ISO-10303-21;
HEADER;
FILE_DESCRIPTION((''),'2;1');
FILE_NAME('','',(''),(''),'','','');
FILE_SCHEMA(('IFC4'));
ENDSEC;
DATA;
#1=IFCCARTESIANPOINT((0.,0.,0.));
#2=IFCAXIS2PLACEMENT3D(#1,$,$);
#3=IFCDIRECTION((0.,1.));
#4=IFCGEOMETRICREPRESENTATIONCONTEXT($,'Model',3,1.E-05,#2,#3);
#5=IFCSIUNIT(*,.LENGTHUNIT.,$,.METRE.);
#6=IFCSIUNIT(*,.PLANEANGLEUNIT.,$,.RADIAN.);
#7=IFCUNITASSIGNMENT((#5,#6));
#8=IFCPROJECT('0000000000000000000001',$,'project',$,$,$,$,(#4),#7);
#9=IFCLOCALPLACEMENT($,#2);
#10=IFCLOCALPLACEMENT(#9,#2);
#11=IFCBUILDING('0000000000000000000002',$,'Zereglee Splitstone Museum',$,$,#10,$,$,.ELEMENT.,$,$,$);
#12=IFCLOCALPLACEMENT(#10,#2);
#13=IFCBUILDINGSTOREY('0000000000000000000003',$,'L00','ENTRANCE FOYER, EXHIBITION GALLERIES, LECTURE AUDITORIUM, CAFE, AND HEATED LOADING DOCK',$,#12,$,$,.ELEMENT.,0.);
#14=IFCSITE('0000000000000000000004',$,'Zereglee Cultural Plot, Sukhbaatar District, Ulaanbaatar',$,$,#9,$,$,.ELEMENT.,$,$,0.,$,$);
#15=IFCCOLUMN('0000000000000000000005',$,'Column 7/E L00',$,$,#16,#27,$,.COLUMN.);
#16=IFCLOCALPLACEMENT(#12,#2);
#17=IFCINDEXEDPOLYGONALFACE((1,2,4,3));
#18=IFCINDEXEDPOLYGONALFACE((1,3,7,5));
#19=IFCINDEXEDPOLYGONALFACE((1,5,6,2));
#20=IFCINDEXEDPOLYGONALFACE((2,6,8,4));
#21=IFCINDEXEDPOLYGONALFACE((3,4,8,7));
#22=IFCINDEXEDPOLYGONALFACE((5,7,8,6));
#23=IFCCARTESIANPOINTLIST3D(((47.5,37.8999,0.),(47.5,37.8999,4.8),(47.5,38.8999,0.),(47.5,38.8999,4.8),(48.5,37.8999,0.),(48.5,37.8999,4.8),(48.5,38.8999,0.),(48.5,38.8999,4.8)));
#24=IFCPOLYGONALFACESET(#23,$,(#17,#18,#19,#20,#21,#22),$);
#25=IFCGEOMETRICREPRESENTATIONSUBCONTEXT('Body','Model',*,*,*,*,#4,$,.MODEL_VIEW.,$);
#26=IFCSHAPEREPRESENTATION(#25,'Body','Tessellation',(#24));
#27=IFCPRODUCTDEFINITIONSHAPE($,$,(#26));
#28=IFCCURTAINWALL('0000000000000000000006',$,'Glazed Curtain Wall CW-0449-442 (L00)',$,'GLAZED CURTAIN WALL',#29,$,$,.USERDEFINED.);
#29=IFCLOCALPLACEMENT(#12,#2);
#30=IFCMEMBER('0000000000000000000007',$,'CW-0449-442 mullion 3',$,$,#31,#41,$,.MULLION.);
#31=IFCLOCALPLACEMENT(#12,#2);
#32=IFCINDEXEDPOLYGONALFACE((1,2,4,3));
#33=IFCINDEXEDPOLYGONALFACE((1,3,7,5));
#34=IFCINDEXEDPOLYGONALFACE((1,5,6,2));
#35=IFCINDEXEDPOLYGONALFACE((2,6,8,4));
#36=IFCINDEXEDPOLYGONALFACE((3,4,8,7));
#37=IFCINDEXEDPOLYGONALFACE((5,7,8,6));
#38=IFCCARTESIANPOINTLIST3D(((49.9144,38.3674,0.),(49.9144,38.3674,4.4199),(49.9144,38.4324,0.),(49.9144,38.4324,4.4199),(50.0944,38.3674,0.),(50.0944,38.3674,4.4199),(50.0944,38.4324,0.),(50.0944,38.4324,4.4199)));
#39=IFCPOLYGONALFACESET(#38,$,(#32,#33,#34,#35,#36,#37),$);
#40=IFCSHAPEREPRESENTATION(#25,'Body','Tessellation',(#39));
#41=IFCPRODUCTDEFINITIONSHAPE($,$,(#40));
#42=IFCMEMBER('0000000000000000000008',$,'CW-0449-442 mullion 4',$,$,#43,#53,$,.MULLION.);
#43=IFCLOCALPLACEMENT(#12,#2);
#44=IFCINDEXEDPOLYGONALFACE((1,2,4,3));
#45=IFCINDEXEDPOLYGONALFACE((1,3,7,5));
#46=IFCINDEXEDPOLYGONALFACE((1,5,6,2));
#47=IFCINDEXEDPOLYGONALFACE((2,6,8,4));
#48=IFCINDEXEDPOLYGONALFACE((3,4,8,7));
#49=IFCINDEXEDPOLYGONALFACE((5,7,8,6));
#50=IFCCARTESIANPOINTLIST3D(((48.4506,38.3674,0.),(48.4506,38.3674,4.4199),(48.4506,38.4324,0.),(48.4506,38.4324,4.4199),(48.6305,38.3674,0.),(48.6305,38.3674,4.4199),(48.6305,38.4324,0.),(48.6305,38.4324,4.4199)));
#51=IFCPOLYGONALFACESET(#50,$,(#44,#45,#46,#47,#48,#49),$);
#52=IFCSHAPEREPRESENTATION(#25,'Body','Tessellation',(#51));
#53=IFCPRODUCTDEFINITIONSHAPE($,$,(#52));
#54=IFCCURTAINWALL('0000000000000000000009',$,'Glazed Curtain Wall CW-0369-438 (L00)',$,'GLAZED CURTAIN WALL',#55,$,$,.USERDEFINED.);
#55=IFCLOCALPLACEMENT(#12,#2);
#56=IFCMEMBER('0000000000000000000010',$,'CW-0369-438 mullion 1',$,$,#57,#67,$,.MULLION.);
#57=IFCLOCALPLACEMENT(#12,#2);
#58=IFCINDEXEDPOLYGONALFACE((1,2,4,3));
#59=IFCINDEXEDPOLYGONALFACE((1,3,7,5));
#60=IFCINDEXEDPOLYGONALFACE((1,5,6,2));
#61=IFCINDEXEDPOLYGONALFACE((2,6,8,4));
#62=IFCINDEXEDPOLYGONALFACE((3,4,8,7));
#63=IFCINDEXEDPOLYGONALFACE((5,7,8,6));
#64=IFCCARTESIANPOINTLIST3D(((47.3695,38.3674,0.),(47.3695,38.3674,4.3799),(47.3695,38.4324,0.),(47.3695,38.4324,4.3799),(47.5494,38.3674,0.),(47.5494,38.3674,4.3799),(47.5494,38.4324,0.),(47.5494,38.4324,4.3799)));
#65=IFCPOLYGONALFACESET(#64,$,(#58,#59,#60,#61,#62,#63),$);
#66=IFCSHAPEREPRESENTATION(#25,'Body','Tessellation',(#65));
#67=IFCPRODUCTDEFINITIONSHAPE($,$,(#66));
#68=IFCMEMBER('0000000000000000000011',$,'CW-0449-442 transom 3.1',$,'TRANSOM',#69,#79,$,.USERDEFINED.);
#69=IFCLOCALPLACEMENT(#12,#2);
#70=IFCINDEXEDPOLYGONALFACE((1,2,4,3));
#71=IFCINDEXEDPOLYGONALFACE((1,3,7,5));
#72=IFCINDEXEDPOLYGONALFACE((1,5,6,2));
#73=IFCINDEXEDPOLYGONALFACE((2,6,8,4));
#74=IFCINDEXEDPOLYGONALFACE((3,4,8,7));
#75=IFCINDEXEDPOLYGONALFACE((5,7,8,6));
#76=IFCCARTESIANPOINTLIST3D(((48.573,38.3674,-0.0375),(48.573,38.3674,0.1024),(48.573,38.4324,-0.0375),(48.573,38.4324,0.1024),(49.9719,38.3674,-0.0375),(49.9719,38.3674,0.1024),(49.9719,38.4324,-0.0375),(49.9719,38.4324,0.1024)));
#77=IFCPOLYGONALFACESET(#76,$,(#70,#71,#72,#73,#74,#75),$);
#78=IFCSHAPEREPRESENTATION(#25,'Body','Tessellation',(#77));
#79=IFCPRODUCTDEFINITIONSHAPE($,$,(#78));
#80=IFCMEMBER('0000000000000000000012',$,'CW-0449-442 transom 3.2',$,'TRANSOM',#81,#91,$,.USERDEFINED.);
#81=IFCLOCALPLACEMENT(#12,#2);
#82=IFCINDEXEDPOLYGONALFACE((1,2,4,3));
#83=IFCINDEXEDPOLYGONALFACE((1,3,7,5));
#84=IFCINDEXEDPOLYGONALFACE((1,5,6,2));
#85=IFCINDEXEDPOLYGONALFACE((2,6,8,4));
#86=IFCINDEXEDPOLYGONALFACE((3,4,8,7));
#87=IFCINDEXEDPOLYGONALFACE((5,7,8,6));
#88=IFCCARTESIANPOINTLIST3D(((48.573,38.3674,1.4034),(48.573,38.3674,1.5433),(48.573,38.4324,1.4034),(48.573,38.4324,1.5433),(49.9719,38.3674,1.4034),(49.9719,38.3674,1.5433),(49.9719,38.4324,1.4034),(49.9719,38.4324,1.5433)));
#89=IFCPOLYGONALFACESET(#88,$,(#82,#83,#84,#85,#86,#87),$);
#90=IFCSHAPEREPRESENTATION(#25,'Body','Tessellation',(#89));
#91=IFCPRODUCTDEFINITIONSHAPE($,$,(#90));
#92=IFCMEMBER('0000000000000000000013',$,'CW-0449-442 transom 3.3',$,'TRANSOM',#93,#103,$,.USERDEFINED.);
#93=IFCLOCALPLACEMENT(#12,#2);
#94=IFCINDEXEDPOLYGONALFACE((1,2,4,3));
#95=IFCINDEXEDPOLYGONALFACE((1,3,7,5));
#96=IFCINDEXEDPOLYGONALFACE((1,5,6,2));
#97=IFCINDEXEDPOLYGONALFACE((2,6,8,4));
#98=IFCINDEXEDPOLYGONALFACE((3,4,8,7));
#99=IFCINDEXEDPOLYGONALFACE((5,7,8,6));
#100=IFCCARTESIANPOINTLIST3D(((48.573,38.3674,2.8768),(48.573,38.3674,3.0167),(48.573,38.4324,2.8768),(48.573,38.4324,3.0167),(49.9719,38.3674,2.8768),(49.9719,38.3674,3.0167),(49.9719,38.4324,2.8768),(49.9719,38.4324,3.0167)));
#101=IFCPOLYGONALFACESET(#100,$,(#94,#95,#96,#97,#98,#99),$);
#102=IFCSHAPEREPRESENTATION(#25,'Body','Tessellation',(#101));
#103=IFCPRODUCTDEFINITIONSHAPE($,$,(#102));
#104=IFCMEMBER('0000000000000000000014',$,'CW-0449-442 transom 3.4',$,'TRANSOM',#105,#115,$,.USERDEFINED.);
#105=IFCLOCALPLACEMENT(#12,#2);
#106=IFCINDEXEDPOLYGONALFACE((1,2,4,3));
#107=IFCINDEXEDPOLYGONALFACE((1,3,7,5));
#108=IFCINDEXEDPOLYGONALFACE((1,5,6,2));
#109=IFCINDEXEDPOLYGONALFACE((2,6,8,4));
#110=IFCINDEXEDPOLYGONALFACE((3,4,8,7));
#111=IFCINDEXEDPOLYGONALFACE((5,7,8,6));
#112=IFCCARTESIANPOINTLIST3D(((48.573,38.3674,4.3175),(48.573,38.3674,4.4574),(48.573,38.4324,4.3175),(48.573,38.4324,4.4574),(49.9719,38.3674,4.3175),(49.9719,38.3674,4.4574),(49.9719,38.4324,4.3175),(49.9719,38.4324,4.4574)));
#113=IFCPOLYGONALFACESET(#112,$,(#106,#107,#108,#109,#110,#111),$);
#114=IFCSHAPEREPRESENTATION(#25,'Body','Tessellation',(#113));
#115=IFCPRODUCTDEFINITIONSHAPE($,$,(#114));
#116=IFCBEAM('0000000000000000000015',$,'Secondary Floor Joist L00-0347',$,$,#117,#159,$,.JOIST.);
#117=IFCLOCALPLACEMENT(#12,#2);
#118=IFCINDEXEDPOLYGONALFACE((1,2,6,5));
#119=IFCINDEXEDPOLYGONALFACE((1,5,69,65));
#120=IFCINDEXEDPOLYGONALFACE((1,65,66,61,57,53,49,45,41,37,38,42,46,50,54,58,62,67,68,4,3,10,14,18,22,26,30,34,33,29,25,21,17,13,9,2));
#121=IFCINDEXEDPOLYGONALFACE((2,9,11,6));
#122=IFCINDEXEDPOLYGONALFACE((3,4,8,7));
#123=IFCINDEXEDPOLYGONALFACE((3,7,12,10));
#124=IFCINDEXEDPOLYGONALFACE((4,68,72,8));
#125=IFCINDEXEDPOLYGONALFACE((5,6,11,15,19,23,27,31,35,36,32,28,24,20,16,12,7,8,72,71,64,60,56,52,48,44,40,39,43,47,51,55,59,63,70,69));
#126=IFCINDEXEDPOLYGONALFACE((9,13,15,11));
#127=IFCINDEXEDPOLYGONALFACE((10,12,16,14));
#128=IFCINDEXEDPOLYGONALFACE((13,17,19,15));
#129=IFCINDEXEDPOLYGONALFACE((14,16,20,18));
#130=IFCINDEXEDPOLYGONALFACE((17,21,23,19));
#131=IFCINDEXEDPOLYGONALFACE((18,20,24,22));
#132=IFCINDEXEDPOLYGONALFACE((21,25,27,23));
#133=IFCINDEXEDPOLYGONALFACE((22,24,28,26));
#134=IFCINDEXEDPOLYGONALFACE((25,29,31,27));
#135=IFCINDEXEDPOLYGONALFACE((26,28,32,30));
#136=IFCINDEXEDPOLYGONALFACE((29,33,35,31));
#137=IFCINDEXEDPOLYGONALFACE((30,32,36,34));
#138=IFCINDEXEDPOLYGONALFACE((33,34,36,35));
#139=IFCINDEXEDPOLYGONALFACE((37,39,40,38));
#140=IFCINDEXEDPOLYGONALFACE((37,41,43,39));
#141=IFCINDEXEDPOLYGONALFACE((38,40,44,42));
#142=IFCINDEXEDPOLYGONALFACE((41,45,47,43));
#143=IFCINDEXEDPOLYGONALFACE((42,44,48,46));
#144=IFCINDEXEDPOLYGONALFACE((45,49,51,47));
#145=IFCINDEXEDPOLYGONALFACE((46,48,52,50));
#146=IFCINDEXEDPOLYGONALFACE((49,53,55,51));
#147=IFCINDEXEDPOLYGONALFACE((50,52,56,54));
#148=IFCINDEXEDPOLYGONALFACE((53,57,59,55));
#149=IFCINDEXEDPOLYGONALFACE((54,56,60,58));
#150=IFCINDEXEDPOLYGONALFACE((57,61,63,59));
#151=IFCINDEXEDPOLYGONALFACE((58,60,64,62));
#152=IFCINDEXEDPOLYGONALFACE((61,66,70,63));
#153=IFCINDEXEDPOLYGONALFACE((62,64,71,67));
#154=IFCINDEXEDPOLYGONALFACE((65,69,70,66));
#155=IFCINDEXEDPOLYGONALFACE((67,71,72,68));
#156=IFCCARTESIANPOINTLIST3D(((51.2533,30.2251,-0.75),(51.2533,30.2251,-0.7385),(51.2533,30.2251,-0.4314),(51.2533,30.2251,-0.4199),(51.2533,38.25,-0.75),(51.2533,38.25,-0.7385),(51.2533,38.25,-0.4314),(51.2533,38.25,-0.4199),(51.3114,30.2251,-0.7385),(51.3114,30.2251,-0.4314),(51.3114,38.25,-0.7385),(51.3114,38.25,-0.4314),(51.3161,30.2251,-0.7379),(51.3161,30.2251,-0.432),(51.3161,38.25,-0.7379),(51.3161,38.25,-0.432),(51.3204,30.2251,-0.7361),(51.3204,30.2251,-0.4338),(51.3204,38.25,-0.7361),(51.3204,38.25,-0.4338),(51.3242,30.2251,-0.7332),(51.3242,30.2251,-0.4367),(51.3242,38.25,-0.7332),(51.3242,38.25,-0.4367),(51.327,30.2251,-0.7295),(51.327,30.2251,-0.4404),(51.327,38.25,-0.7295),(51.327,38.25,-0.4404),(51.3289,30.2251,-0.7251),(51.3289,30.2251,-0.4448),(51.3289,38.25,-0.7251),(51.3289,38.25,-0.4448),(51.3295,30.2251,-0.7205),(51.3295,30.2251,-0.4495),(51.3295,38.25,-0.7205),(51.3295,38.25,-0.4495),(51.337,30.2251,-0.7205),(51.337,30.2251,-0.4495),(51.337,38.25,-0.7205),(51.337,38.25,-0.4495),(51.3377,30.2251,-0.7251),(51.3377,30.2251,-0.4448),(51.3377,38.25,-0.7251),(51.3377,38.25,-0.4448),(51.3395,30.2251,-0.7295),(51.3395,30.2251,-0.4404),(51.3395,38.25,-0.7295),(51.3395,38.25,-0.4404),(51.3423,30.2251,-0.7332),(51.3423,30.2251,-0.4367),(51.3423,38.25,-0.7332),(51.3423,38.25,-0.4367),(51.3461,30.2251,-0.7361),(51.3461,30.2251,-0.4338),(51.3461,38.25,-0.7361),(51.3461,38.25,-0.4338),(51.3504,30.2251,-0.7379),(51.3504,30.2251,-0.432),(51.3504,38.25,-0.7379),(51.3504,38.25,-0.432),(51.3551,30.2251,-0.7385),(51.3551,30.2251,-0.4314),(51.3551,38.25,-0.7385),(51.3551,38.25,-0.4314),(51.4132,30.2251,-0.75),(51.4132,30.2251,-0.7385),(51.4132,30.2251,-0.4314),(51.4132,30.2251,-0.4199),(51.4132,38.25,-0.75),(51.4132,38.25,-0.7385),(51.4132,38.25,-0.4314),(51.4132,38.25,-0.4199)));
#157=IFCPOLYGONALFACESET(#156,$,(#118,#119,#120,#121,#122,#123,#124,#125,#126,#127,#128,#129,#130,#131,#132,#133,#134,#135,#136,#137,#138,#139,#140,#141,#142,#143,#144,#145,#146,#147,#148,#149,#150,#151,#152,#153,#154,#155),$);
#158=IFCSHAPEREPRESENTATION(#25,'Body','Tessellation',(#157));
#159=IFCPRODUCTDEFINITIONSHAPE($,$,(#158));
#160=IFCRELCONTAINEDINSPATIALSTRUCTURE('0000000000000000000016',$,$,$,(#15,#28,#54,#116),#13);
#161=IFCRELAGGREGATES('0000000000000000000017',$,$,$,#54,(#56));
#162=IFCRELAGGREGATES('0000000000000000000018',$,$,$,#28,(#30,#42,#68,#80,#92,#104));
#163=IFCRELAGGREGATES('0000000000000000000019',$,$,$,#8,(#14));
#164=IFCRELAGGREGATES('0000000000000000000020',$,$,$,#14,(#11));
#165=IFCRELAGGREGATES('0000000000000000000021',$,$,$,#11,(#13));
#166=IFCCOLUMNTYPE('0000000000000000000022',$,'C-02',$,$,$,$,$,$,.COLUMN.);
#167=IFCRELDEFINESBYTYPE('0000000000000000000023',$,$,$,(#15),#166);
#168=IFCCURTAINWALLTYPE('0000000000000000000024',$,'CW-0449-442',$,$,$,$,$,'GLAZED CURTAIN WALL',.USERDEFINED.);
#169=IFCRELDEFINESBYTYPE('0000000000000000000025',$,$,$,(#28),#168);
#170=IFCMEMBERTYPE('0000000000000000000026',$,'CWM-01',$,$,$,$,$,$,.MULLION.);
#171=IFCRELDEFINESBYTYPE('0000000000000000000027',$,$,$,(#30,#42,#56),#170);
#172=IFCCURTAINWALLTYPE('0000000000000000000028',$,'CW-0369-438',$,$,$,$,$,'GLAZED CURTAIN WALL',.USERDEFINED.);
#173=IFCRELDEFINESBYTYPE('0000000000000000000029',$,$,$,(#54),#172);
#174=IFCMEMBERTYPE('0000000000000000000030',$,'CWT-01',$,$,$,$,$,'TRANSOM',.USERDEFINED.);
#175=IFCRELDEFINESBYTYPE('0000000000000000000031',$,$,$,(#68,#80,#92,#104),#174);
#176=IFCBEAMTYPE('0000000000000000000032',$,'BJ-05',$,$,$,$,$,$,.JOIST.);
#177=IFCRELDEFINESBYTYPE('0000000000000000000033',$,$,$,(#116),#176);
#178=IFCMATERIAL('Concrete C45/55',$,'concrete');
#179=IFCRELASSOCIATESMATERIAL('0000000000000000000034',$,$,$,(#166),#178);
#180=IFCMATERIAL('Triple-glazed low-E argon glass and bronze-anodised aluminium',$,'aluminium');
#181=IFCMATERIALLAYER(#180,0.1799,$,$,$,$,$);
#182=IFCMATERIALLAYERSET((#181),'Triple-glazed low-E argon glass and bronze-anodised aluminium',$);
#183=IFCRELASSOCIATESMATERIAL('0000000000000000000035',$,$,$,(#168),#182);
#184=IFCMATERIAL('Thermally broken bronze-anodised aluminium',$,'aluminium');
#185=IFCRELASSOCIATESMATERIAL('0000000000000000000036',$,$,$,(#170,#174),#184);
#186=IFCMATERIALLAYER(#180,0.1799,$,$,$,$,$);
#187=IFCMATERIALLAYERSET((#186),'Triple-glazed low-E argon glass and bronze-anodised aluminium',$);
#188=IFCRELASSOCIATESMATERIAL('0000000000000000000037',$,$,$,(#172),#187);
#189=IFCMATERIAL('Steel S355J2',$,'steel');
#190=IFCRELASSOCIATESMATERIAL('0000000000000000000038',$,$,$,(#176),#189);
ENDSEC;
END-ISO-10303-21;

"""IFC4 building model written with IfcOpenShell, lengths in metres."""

from ifc_helpers import new_model, si_unit, direction, frame, origin, origin_2d, place, context, subcontext, project, spatial, rectangle, i_section, extrude, material, layer, layer_set, material_profile, profile_set, type_object, element, aggregate, save


model = new_model("IFC4")

# Units and contexts
model_context = context("Model", 3, precision=1e-05, world=origin(), true_north=direction((0.0, 1.0)))
body_context = subcontext(model_context, "Body", "Model", "MODEL_VIEW")
ifc_project = project(units=[si_unit("LENGTHUNIT", "METRE"), si_unit("PLANEANGLEUNIT", "RADIAN")], contexts=[model_context])

# Site, building, storey
site_placement = place(None, origin())
site = spatial("IfcSite", under=ifc_project, at=site_placement, Name="Zereglee Cultural Plot, Sukhbaatar District, Ulaanbaatar", CompositionType="ELEMENT", RefElevation=0.0)
building_placement = place(site_placement, origin())
building = spatial("IfcBuilding", under=site, at=building_placement, Name="Zereglee Splitstone Museum", CompositionType="ELEMENT")
storey_placement = place(building_placement, origin())
storey = spatial("IfcBuildingStorey", under=building, at=storey_placement, Name="L00", Description="ENTRANCE FOYER, EXHIBITION GALLERIES, LECTURE AUDITORIUM, CAFE, AND HEATED LOADING DOCK", CompositionType="ELEMENT", Elevation=0.0)

# Column
ifc_material_1 = material(Name="Concrete C45/55", Category="concrete")
ifc_material_profile_1 = material_profile(ifc_material_1, rectangle(XDim=1.0, YDim=1.0, at=origin_2d()), Name="RC 1000x1000")
ifc_profile_set_1 = profile_set([ifc_material_profile_1], Name="Concrete C45/55")
column_type = type_object("IfcColumnType", Name="C-02", PredefinedType="COLUMN", material=ifc_profile_set_1)
column_placement = place(storey_placement, frame((48.0, 38.3999, 0.0), z_axis=(0.0, 0.0, 1.0), x_axis=(1.0, 0.0, 0.0)))
element("IfcColumn", 1, at=column_placement, inside=storey, type_object=column_type, Name="Column 7/E L00", PredefinedType="COLUMN", context=body_context, shape_type="SweptSolid", body=[
    extrude(rectangle(XDim=1.0, YDim=1.0, at=origin_2d()), origin(), (0.0, 0.0, 1.0), 4.8),
])

# Curtain wall, members
ifc_material_2 = material(Name="Triple-glazed low-E argon glass and bronze-anodised aluminium", Category="aluminium")
ifc_layer_1 = layer(ifc_material_2, 0.1799)
ifc_layer_set_1 = layer_set([ifc_layer_1], Name="Triple-glazed low-E argon glass and bronze-anodised aluminium")
curtain_wall_type_1 = type_object("IfcCurtainWallType", Name="CW-0449-442", ElementType="GLAZED CURTAIN WALL", PredefinedType="USERDEFINED", material=ifc_layer_set_1)
curtain_wall_1_placement = place(storey_placement, origin())
curtain_wall_1 = element("IfcCurtainWall", 2, at=curtain_wall_1_placement, inside=storey, type_object=curtain_wall_type_1, Name="Glazed Curtain Wall CW-0449-442 (L00)", ObjectType="GLAZED CURTAIN WALL", PredefinedType="USERDEFINED")
ifc_material_3 = material(Name="Thermally broken bronze-anodised aluminium", Category="aluminium")
ifc_material_profile_2 = material_profile(ifc_material_3, rectangle(XDim=0.0649, YDim=0.1799, at=origin_2d()), Name="CW MULL 65x180")
ifc_profile_set_2 = profile_set([ifc_material_profile_2], Name="Thermally broken bronze-anodised aluminium")
member_type_1 = type_object("IfcMemberType", Name="CWM-01", PredefinedType="MULLION", material=ifc_profile_set_2)
member_1_placement = place(storey_placement, frame((50.0044, 38.3999, 0.0), z_axis=(0.0, 0.0, 1.0), x_axis=(0.0, -1.0, 0.0)))
member_1 = element("IfcMember", 3, at=member_1_placement, type_object=member_type_1, Name="CW-0449-442 mullion 3", PredefinedType="MULLION", context=body_context, shape_type="SweptSolid", body=[
    extrude(rectangle(XDim=0.0649, YDim=0.1799, at=origin_2d()), origin(), (0.0, 0.0, 1.0), 4.4199),
])
member_2_placement = place(storey_placement, frame((48.5405, 38.3999, 0.0), z_axis=(0.0, 0.0, 1.0), x_axis=(0.0, -1.0, 0.0)))
member_2 = element("IfcMember", 4, at=member_2_placement, type_object=member_type_1, Name="CW-0449-442 mullion 4", PredefinedType="MULLION", context=body_context, shape_type="SweptSolid", body=[
    extrude(rectangle(XDim=0.0649, YDim=0.1799, at=origin_2d()), origin(), (0.0, 0.0, 1.0), 4.4199),
])

# Curtain wall, member
ifc_layer_2 = layer(ifc_material_2, 0.1799)
ifc_layer_set_2 = layer_set([ifc_layer_2], Name="Triple-glazed low-E argon glass and bronze-anodised aluminium")
curtain_wall_type_2 = type_object("IfcCurtainWallType", Name="CW-0369-438", ElementType="GLAZED CURTAIN WALL", PredefinedType="USERDEFINED", material=ifc_layer_set_2)
curtain_wall_2_placement = place(storey_placement, origin())
curtain_wall_2 = element("IfcCurtainWall", 5, at=curtain_wall_2_placement, inside=storey, type_object=curtain_wall_type_2, Name="Glazed Curtain Wall CW-0369-438 (L00)", ObjectType="GLAZED CURTAIN WALL", PredefinedType="USERDEFINED")
member_3_placement = place(storey_placement, frame((47.4595, 38.3999, 0.0), z_axis=(0.0, 0.0, 1.0), x_axis=(0.0, -1.0, 0.0)))
member_3 = element("IfcMember", 6, at=member_3_placement, type_object=member_type_1, Name="CW-0369-438 mullion 1", PredefinedType="MULLION", context=body_context, shape_type="SweptSolid", body=[
    extrude(rectangle(XDim=0.0649, YDim=0.1799, at=origin_2d()), origin(), (0.0, 0.0, 1.0), 4.3799),
])
aggregate(curtain_wall_2, [member_3])

# Members
ifc_material_profile_3 = material_profile(ifc_material_3, rectangle(XDim=0.0649, YDim=0.1399, at=origin_2d()), Name="CW TRAN 65x140")
ifc_profile_set_3 = profile_set([ifc_material_profile_3], Name="Thermally broken bronze-anodised aluminium")
member_type_2 = type_object("IfcMemberType", Name="CWT-01", ElementType="TRANSOM", PredefinedType="USERDEFINED", material=ifc_profile_set_3)
member_4_placement = place(storey_placement, frame((49.9719, 38.3999, 0.0325), z_axis=(-1.0, 0.0, 0.0), x_axis=(0.0, -1.0, 0.0)))
member_4 = element("IfcMember", 7, at=member_4_placement, type_object=member_type_2, Name="CW-0449-442 transom 3.1", ObjectType="TRANSOM", PredefinedType="USERDEFINED", context=body_context, shape_type="SweptSolid", body=[
    extrude(rectangle(XDim=0.0649, YDim=0.1399, at=origin_2d()), origin(), (0.0, 0.0, 1.0), 1.3989),
])
member_5_placement = place(storey_placement, frame((49.9719, 38.3999, 1.4734), z_axis=(-1.0, 0.0, 0.0), x_axis=(0.0, -1.0, 0.0)))
member_5 = element("IfcMember", 8, at=member_5_placement, type_object=member_type_2, Name="CW-0449-442 transom 3.2", ObjectType="TRANSOM", PredefinedType="USERDEFINED", context=body_context, shape_type="SweptSolid", body=[
    extrude(rectangle(XDim=0.0649, YDim=0.1399, at=origin_2d()), origin(), (0.0, 0.0, 1.0), 1.3989),
])
member_6_placement = place(storey_placement, frame((49.9719, 38.3999, 2.9468), z_axis=(-1.0, 0.0, 0.0), x_axis=(0.0, -1.0, 0.0)))
member_6 = element("IfcMember", 9, at=member_6_placement, type_object=member_type_2, Name="CW-0449-442 transom 3.3", ObjectType="TRANSOM", PredefinedType="USERDEFINED", context=body_context, shape_type="SweptSolid", body=[
    extrude(rectangle(XDim=0.0649, YDim=0.1399, at=origin_2d()), origin(), (0.0, 0.0, 1.0), 1.3989),
])
member_7_placement = place(storey_placement, frame((49.9719, 38.3999, 4.3875), z_axis=(-1.0, 0.0, 0.0), x_axis=(0.0, -1.0, 0.0)))
member_7 = element("IfcMember", 10, at=member_7_placement, type_object=member_type_2, Name="CW-0449-442 transom 3.4", ObjectType="TRANSOM", PredefinedType="USERDEFINED", context=body_context, shape_type="SweptSolid", body=[
    extrude(rectangle(XDim=0.0649, YDim=0.1399, at=origin_2d()), origin(), (0.0, 0.0, 1.0), 1.3989),
])

# Beam
ifc_material_4 = material(Name="Steel S355J2", Category="steel")
ifc_material_profile_4 = material_profile(ifc_material_4, i_section(OverallWidth=0.1599, OverallDepth=0.3301, WebThickness=0.0076, FlangeThickness=0.0115, FilletRadius=0.0181, at=origin_2d()), Name="IPE 330")
ifc_profile_set_4 = profile_set([ifc_material_profile_4], Name="Steel S355J2")
beam_type_1 = type_object("IfcBeamType", Name="BJ-05", PredefinedType="JOIST", material=ifc_profile_set_4)
beam_1_placement = place(storey_placement, frame((51.3333, 30.2251, -0.585), z_axis=(0.0, 1.0, 0.0), x_axis=(-1.0, 0.0, 0.0)))
element("IfcBeam", 11, at=beam_1_placement, inside=storey, type_object=beam_type_1, Name="Secondary Floor Joist L00-0347", PredefinedType="JOIST", context=body_context, shape_type="SweptSolid", body=[
    extrude(i_section(OverallWidth=0.1599, OverallDepth=0.3301, WebThickness=0.0076, FlangeThickness=0.0115, FilletRadius=0.0181, at=origin_2d()), origin(), (0.0, 0.0, 1.0), 8.0249),
])

aggregate(curtain_wall_1, [member_1, member_2, member_4, member_5, member_6, member_7])

save(model, "model.ifc")
